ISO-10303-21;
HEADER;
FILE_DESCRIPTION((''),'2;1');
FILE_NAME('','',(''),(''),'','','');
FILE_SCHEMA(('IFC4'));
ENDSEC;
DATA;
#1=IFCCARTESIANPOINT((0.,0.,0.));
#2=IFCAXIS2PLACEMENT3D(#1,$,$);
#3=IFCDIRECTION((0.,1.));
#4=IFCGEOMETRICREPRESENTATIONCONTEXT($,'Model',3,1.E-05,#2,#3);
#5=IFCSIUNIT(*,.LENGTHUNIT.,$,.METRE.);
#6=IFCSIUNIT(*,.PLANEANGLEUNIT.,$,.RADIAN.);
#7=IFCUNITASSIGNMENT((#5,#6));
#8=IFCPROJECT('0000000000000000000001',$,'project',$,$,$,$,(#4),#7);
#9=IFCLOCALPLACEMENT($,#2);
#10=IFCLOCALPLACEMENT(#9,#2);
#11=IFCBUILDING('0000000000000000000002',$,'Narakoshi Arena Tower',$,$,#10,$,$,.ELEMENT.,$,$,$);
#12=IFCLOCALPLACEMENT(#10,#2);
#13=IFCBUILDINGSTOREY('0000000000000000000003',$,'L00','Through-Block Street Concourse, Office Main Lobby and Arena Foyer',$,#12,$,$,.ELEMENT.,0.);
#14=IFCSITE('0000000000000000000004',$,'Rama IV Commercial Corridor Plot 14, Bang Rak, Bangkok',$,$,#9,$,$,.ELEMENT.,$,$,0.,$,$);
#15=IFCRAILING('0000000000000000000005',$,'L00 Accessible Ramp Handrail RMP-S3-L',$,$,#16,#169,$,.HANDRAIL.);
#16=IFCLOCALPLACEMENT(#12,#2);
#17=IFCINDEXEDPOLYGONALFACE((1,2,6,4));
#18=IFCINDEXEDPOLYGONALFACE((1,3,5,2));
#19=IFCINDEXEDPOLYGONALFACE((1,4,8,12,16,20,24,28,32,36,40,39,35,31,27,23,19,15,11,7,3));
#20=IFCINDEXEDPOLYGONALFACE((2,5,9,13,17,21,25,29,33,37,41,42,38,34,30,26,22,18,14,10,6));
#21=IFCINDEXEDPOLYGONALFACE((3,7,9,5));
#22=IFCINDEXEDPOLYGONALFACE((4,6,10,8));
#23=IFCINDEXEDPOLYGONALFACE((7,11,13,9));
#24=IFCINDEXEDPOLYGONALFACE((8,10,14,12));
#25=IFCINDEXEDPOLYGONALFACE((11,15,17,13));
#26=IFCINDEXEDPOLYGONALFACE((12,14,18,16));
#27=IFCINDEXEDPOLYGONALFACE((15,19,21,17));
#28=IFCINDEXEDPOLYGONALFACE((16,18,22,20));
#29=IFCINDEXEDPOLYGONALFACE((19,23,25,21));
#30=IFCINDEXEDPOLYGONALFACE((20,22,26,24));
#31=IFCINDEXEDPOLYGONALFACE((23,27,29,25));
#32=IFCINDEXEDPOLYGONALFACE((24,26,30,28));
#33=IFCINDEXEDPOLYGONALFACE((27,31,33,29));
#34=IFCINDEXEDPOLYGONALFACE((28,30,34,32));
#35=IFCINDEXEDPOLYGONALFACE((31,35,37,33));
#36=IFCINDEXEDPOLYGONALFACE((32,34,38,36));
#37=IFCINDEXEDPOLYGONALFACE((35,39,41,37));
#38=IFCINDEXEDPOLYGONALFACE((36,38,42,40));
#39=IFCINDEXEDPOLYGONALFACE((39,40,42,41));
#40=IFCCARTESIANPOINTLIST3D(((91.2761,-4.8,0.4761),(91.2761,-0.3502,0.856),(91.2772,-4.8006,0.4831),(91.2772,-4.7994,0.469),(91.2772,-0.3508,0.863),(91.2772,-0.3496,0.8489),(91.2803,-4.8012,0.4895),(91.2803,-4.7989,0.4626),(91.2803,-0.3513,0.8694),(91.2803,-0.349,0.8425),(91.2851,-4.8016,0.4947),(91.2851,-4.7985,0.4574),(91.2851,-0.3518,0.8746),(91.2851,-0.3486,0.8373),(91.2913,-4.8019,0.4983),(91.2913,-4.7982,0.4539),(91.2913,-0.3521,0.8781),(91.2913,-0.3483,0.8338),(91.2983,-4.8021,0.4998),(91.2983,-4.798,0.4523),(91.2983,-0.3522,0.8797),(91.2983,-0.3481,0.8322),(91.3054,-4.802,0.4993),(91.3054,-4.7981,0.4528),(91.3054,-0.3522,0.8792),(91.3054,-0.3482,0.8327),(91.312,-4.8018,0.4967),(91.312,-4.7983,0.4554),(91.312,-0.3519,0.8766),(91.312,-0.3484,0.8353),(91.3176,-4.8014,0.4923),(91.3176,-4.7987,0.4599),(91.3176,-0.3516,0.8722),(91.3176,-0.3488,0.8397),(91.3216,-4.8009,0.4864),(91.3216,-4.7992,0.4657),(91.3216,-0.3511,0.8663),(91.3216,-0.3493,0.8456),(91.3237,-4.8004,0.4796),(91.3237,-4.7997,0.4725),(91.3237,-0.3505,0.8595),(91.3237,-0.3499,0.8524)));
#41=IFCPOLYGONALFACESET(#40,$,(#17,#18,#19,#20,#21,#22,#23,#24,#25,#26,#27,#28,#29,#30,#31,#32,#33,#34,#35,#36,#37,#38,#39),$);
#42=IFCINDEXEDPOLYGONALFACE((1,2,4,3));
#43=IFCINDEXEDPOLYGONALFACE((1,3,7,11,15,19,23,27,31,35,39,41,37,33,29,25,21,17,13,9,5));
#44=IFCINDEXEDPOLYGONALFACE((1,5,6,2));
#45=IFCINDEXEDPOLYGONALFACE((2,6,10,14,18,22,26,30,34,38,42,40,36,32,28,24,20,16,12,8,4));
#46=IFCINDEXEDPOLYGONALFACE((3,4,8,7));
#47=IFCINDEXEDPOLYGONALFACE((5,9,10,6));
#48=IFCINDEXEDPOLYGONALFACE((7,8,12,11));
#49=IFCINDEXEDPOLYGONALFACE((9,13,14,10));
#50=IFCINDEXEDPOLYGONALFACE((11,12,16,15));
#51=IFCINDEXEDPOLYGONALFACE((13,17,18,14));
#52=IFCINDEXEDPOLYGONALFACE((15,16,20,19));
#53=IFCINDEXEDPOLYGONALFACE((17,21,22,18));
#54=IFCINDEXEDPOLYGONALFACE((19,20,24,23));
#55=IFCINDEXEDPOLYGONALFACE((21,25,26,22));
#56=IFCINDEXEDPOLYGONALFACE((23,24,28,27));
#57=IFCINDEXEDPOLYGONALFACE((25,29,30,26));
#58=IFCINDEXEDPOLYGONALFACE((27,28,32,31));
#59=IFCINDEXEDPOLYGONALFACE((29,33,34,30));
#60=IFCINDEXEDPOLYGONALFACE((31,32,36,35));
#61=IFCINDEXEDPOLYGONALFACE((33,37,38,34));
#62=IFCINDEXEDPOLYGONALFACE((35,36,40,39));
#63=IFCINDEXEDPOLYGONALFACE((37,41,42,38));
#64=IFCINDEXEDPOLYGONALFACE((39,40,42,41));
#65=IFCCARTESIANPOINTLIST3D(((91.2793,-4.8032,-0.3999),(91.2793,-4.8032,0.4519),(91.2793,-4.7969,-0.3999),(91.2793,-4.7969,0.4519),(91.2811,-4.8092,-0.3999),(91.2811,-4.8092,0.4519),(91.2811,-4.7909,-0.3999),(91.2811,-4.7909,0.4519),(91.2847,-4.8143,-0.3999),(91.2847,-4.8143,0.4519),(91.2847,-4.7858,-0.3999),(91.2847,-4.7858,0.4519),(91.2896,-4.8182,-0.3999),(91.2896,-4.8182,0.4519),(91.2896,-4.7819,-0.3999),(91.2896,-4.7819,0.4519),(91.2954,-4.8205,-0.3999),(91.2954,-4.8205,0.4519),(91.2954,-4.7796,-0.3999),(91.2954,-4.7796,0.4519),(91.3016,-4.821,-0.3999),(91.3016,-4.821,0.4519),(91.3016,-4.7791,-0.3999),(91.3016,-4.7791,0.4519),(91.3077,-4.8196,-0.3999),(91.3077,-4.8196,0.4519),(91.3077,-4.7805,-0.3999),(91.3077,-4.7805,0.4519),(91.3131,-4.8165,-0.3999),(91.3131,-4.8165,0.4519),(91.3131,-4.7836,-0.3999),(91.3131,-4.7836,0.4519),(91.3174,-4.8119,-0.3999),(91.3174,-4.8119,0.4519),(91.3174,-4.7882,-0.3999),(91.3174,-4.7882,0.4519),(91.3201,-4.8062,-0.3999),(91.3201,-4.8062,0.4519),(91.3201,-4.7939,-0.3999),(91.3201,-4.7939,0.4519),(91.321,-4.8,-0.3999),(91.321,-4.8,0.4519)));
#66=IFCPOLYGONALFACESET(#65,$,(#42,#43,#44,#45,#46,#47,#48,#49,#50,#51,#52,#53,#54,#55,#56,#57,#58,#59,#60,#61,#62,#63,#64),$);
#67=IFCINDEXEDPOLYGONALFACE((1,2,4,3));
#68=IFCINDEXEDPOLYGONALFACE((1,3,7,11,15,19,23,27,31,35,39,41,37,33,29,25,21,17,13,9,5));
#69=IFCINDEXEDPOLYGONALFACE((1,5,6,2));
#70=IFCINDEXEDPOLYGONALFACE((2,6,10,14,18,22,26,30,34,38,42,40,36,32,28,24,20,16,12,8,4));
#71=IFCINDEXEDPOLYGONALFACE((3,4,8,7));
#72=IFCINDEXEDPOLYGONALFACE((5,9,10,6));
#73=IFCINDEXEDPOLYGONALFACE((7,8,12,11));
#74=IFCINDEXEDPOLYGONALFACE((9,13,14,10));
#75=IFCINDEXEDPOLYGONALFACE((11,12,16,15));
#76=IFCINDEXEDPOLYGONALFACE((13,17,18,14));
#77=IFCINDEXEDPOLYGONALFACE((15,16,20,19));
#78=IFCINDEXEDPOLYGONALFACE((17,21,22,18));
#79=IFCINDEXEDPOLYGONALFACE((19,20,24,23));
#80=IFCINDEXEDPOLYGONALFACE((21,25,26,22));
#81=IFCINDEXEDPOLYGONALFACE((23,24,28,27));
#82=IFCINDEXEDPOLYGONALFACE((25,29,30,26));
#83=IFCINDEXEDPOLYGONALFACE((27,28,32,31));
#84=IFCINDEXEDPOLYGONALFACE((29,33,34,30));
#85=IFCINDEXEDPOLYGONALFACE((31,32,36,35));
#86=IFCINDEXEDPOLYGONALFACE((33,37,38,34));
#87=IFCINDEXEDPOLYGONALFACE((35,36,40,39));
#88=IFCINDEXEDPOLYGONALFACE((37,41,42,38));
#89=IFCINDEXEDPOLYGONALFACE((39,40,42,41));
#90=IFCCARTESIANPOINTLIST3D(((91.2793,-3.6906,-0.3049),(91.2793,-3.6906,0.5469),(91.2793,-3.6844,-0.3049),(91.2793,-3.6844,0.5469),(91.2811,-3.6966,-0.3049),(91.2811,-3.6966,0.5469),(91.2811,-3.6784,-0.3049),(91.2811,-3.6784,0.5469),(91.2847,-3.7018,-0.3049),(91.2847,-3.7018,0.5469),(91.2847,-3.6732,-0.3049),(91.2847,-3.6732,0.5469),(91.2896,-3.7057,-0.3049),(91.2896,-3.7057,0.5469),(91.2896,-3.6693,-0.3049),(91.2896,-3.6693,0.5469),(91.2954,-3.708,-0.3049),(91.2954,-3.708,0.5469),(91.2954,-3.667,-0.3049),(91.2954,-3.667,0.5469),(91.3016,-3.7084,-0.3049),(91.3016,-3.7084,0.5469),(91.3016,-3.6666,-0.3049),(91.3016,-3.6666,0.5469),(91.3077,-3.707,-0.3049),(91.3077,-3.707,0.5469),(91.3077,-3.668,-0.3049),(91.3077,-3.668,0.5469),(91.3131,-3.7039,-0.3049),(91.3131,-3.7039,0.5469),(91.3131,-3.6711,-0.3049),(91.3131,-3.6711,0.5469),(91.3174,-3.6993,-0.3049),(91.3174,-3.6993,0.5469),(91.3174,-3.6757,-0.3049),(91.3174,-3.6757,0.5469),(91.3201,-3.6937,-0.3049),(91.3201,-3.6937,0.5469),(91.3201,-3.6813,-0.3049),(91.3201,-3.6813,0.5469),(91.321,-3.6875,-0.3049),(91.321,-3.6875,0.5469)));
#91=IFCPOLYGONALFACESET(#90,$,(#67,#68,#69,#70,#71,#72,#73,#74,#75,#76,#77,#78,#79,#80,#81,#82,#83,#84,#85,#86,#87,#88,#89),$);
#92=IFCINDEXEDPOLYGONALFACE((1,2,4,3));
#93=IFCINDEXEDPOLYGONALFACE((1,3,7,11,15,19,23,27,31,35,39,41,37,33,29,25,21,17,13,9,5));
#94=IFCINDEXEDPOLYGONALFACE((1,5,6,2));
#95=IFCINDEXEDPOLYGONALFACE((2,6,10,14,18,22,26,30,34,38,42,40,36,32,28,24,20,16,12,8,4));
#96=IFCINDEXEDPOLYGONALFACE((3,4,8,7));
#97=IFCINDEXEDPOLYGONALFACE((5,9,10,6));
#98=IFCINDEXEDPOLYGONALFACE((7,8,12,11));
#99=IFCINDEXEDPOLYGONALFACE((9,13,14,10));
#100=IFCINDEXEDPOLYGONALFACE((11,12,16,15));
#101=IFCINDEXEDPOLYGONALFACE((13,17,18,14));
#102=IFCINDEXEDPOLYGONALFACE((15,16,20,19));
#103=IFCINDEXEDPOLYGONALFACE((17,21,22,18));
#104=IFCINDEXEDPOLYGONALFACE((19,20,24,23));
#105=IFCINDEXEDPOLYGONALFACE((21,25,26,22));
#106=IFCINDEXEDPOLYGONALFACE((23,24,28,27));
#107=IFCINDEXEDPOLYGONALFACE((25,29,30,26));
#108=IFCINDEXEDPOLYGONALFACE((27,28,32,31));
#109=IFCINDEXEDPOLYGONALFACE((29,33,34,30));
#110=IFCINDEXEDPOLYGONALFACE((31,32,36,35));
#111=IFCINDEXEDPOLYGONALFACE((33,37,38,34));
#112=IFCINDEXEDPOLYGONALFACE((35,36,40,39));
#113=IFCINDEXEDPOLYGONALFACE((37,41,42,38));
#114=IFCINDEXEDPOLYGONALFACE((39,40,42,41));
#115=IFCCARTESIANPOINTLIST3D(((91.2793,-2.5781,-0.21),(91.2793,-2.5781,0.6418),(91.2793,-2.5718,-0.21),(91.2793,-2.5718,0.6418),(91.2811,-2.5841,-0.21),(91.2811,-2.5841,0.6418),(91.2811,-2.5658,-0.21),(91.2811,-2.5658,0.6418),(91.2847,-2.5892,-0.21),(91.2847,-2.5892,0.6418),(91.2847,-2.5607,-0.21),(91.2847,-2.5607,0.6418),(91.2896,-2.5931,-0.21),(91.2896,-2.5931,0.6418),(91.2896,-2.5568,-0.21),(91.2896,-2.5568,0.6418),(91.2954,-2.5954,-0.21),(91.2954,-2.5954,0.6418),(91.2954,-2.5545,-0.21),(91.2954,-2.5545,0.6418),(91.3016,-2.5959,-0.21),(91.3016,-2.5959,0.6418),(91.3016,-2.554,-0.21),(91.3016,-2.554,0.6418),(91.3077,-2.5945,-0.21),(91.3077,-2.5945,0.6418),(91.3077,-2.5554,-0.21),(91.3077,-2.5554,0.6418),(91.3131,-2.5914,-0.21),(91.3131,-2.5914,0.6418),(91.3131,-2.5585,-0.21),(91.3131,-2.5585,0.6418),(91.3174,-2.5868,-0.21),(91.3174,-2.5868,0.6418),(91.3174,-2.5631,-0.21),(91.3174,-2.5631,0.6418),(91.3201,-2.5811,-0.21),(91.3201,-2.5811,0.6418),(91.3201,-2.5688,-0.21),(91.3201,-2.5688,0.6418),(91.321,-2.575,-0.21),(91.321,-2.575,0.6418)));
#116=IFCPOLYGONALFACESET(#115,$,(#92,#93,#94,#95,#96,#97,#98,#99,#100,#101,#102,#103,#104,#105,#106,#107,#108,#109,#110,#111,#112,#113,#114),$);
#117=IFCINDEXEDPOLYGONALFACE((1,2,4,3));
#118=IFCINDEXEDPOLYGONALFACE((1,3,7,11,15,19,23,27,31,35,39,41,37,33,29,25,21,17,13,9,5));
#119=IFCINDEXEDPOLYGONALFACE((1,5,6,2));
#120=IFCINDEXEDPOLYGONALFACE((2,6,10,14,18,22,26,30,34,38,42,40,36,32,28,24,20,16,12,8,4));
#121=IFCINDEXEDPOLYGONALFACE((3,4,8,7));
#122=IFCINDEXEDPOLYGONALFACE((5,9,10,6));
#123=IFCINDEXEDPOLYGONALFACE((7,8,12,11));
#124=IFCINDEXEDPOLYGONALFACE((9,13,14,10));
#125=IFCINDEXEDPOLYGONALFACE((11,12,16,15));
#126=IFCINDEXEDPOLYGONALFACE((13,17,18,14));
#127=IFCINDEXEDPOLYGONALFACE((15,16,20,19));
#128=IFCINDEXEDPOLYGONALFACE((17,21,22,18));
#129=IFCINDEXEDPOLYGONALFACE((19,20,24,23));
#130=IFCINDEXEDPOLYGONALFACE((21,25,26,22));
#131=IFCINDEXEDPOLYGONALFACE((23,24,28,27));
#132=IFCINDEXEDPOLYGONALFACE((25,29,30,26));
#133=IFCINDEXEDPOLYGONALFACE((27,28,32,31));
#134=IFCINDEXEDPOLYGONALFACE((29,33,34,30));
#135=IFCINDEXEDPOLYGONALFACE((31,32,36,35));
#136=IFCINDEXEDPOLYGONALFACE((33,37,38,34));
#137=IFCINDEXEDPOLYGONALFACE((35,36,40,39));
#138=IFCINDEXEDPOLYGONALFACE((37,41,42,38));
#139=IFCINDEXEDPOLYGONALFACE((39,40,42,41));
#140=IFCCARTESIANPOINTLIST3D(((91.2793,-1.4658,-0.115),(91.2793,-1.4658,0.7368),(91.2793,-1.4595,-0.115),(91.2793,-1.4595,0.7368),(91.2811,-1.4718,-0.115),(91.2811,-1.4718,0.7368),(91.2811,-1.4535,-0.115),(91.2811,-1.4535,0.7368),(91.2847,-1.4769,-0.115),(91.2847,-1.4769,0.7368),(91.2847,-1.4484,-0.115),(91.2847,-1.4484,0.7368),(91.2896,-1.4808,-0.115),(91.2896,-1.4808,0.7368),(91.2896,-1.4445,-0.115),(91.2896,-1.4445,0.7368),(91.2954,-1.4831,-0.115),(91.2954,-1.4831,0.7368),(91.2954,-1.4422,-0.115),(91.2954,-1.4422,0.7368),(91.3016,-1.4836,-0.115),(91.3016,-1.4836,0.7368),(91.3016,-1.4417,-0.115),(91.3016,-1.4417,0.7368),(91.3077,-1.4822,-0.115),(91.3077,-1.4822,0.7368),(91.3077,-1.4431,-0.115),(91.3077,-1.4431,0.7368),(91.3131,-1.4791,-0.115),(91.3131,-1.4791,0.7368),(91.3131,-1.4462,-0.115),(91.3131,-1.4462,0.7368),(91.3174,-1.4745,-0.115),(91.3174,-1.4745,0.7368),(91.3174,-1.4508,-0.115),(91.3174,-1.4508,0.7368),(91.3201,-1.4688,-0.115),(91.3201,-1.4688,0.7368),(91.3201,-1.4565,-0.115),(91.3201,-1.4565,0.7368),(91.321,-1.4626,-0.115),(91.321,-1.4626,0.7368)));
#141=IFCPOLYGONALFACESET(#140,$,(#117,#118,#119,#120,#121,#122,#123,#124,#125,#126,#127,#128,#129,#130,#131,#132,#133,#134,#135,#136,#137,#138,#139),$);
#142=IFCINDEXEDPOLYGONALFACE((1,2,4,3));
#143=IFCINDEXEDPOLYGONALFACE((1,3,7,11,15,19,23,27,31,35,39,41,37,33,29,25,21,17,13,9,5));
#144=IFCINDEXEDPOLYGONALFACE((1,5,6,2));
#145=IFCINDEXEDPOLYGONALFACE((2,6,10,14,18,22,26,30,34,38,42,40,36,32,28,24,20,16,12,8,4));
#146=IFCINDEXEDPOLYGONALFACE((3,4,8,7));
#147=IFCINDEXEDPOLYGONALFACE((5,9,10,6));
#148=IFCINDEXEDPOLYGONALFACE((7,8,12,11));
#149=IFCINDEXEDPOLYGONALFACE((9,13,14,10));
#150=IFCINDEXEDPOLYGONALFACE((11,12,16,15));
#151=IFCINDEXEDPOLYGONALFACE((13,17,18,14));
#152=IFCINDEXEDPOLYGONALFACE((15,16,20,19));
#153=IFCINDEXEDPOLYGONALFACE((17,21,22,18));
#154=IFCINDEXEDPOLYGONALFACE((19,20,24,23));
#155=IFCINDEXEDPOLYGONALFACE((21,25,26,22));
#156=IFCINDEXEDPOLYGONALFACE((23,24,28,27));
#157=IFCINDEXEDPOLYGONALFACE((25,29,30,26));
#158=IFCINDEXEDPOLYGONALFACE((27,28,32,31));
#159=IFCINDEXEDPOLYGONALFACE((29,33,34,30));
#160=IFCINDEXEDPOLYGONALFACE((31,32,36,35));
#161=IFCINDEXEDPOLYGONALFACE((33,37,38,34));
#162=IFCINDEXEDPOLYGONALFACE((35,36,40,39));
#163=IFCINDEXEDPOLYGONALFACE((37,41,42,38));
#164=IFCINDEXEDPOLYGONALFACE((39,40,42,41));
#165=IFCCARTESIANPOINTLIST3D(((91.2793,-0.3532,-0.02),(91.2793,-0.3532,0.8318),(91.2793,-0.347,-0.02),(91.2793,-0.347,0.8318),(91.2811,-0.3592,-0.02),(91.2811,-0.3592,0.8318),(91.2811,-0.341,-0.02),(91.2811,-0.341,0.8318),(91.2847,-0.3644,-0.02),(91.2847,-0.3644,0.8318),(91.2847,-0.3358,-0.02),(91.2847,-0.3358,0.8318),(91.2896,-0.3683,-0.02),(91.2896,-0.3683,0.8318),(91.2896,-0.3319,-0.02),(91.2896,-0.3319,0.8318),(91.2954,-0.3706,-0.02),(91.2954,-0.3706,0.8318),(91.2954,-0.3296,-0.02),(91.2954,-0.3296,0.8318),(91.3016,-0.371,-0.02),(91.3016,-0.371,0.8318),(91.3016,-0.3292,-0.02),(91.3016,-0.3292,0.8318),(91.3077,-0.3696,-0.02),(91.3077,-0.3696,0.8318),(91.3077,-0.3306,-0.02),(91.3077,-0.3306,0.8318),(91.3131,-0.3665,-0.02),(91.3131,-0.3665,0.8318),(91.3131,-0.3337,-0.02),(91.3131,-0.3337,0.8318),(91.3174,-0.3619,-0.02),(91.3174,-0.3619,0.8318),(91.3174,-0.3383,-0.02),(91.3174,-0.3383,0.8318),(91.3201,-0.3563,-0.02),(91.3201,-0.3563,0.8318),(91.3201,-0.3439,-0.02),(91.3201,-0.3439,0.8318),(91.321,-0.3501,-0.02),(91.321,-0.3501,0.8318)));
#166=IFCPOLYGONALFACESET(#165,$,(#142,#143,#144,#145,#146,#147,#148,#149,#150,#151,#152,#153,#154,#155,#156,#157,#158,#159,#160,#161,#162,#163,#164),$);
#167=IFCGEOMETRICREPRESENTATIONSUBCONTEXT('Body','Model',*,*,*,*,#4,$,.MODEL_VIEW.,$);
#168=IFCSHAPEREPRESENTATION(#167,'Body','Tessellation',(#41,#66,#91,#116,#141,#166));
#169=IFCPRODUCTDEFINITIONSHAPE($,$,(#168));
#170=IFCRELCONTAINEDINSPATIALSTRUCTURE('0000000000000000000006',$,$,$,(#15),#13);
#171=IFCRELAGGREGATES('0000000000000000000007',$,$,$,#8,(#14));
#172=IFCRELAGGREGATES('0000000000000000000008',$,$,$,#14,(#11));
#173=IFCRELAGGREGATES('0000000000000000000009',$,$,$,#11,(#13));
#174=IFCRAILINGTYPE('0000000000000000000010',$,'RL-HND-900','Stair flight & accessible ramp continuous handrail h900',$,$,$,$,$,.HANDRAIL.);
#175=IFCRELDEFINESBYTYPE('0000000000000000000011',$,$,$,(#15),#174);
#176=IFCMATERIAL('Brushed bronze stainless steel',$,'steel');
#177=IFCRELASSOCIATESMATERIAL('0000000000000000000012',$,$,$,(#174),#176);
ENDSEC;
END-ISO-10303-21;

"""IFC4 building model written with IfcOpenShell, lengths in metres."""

from ifc_helpers import new_model, si_unit, direction, frame, origin, origin_2d, place, context, subcontext, project, spatial, circle, extrude, material, type_object, element, save


model = new_model("IFC4")

# Units and contexts
model_context = context("Model", 3, precision=1e-05, world=origin(), true_north=direction((0.0, 1.0)))
body_context = subcontext(model_context, "Body", "Model", "MODEL_VIEW")
ifc_project = project(units=[si_unit("LENGTHUNIT", "METRE"), si_unit("PLANEANGLEUNIT", "RADIAN")], contexts=[model_context])

# Site, building, storey
site_placement = place(None, origin())
site = spatial("IfcSite", under=ifc_project, at=site_placement, Name="Rama IV Commercial Corridor Plot 14, Bang Rak, Bangkok", CompositionType="ELEMENT", RefElevation=0.0)
building_placement = place(site_placement, origin())
building = spatial("IfcBuilding", under=site, at=building_placement, Name="Narakoshi Arena Tower", CompositionType="ELEMENT")
storey_placement = place(building_placement, origin())
storey = spatial("IfcBuildingStorey", under=building, at=storey_placement, Name="L00", Description="Through-Block Street Concourse, Office Main Lobby and Arena Foyer", CompositionType="ELEMENT", Elevation=0.0)

# Railing
ifc_material_1 = material(Name="Brushed bronze stainless steel", Category="steel")
railing_type = type_object("IfcRailingType", Name="RL-HND-900", Description="Stair flight & accessible ramp continuous handrail h900", PredefinedType="HANDRAIL", material=ifc_material_1)
for number, where, name in (
    (1, (91.3, -4.8, -0.3999), "L00 Accessible Ramp Handrail RMP-S3-L"),
):
    element("IfcRailing", number, at=place(storey_placement, frame(where)), inside=storey, type_object=railing_type, Name=name, PredefinedType="HANDRAIL", context=body_context, shape_type="SweptSolid", body=[
        extrude(circle(Radius=0.0239, at=origin_2d()), frame((0.0, 0.0, 0.876), z_axis=(0.0, 0.996376, 0.085058), x_axis=(-1.0, 0.0, 0.0)), (0.0, 0.0, 1.0), 4.4661),
        extrude(circle(Radius=0.021, at=origin_2d()), origin(), (0.0, 0.0, 1.0), 0.8518),
        extrude(circle(Radius=0.021, at=origin_2d()), frame((0.0, 1.1125, 0.095)), (0.0, 0.0, 1.0), 0.8518),
        extrude(circle(Radius=0.021, at=origin_2d()), frame((0.0, 2.2251, 0.1899)), (0.0, 0.0, 1.0), 0.8518),
        extrude(circle(Radius=0.021, at=origin_2d()), frame((0.0, 3.3374, 0.2849)), (0.0, 0.0, 1.0), 0.8518),
        extrude(circle(Radius=0.021, at=origin_2d()), frame((0.0, 4.45, 0.3799)), (0.0, 0.0, 1.0), 0.8518),
    ])

save(model, "model.ifc")
